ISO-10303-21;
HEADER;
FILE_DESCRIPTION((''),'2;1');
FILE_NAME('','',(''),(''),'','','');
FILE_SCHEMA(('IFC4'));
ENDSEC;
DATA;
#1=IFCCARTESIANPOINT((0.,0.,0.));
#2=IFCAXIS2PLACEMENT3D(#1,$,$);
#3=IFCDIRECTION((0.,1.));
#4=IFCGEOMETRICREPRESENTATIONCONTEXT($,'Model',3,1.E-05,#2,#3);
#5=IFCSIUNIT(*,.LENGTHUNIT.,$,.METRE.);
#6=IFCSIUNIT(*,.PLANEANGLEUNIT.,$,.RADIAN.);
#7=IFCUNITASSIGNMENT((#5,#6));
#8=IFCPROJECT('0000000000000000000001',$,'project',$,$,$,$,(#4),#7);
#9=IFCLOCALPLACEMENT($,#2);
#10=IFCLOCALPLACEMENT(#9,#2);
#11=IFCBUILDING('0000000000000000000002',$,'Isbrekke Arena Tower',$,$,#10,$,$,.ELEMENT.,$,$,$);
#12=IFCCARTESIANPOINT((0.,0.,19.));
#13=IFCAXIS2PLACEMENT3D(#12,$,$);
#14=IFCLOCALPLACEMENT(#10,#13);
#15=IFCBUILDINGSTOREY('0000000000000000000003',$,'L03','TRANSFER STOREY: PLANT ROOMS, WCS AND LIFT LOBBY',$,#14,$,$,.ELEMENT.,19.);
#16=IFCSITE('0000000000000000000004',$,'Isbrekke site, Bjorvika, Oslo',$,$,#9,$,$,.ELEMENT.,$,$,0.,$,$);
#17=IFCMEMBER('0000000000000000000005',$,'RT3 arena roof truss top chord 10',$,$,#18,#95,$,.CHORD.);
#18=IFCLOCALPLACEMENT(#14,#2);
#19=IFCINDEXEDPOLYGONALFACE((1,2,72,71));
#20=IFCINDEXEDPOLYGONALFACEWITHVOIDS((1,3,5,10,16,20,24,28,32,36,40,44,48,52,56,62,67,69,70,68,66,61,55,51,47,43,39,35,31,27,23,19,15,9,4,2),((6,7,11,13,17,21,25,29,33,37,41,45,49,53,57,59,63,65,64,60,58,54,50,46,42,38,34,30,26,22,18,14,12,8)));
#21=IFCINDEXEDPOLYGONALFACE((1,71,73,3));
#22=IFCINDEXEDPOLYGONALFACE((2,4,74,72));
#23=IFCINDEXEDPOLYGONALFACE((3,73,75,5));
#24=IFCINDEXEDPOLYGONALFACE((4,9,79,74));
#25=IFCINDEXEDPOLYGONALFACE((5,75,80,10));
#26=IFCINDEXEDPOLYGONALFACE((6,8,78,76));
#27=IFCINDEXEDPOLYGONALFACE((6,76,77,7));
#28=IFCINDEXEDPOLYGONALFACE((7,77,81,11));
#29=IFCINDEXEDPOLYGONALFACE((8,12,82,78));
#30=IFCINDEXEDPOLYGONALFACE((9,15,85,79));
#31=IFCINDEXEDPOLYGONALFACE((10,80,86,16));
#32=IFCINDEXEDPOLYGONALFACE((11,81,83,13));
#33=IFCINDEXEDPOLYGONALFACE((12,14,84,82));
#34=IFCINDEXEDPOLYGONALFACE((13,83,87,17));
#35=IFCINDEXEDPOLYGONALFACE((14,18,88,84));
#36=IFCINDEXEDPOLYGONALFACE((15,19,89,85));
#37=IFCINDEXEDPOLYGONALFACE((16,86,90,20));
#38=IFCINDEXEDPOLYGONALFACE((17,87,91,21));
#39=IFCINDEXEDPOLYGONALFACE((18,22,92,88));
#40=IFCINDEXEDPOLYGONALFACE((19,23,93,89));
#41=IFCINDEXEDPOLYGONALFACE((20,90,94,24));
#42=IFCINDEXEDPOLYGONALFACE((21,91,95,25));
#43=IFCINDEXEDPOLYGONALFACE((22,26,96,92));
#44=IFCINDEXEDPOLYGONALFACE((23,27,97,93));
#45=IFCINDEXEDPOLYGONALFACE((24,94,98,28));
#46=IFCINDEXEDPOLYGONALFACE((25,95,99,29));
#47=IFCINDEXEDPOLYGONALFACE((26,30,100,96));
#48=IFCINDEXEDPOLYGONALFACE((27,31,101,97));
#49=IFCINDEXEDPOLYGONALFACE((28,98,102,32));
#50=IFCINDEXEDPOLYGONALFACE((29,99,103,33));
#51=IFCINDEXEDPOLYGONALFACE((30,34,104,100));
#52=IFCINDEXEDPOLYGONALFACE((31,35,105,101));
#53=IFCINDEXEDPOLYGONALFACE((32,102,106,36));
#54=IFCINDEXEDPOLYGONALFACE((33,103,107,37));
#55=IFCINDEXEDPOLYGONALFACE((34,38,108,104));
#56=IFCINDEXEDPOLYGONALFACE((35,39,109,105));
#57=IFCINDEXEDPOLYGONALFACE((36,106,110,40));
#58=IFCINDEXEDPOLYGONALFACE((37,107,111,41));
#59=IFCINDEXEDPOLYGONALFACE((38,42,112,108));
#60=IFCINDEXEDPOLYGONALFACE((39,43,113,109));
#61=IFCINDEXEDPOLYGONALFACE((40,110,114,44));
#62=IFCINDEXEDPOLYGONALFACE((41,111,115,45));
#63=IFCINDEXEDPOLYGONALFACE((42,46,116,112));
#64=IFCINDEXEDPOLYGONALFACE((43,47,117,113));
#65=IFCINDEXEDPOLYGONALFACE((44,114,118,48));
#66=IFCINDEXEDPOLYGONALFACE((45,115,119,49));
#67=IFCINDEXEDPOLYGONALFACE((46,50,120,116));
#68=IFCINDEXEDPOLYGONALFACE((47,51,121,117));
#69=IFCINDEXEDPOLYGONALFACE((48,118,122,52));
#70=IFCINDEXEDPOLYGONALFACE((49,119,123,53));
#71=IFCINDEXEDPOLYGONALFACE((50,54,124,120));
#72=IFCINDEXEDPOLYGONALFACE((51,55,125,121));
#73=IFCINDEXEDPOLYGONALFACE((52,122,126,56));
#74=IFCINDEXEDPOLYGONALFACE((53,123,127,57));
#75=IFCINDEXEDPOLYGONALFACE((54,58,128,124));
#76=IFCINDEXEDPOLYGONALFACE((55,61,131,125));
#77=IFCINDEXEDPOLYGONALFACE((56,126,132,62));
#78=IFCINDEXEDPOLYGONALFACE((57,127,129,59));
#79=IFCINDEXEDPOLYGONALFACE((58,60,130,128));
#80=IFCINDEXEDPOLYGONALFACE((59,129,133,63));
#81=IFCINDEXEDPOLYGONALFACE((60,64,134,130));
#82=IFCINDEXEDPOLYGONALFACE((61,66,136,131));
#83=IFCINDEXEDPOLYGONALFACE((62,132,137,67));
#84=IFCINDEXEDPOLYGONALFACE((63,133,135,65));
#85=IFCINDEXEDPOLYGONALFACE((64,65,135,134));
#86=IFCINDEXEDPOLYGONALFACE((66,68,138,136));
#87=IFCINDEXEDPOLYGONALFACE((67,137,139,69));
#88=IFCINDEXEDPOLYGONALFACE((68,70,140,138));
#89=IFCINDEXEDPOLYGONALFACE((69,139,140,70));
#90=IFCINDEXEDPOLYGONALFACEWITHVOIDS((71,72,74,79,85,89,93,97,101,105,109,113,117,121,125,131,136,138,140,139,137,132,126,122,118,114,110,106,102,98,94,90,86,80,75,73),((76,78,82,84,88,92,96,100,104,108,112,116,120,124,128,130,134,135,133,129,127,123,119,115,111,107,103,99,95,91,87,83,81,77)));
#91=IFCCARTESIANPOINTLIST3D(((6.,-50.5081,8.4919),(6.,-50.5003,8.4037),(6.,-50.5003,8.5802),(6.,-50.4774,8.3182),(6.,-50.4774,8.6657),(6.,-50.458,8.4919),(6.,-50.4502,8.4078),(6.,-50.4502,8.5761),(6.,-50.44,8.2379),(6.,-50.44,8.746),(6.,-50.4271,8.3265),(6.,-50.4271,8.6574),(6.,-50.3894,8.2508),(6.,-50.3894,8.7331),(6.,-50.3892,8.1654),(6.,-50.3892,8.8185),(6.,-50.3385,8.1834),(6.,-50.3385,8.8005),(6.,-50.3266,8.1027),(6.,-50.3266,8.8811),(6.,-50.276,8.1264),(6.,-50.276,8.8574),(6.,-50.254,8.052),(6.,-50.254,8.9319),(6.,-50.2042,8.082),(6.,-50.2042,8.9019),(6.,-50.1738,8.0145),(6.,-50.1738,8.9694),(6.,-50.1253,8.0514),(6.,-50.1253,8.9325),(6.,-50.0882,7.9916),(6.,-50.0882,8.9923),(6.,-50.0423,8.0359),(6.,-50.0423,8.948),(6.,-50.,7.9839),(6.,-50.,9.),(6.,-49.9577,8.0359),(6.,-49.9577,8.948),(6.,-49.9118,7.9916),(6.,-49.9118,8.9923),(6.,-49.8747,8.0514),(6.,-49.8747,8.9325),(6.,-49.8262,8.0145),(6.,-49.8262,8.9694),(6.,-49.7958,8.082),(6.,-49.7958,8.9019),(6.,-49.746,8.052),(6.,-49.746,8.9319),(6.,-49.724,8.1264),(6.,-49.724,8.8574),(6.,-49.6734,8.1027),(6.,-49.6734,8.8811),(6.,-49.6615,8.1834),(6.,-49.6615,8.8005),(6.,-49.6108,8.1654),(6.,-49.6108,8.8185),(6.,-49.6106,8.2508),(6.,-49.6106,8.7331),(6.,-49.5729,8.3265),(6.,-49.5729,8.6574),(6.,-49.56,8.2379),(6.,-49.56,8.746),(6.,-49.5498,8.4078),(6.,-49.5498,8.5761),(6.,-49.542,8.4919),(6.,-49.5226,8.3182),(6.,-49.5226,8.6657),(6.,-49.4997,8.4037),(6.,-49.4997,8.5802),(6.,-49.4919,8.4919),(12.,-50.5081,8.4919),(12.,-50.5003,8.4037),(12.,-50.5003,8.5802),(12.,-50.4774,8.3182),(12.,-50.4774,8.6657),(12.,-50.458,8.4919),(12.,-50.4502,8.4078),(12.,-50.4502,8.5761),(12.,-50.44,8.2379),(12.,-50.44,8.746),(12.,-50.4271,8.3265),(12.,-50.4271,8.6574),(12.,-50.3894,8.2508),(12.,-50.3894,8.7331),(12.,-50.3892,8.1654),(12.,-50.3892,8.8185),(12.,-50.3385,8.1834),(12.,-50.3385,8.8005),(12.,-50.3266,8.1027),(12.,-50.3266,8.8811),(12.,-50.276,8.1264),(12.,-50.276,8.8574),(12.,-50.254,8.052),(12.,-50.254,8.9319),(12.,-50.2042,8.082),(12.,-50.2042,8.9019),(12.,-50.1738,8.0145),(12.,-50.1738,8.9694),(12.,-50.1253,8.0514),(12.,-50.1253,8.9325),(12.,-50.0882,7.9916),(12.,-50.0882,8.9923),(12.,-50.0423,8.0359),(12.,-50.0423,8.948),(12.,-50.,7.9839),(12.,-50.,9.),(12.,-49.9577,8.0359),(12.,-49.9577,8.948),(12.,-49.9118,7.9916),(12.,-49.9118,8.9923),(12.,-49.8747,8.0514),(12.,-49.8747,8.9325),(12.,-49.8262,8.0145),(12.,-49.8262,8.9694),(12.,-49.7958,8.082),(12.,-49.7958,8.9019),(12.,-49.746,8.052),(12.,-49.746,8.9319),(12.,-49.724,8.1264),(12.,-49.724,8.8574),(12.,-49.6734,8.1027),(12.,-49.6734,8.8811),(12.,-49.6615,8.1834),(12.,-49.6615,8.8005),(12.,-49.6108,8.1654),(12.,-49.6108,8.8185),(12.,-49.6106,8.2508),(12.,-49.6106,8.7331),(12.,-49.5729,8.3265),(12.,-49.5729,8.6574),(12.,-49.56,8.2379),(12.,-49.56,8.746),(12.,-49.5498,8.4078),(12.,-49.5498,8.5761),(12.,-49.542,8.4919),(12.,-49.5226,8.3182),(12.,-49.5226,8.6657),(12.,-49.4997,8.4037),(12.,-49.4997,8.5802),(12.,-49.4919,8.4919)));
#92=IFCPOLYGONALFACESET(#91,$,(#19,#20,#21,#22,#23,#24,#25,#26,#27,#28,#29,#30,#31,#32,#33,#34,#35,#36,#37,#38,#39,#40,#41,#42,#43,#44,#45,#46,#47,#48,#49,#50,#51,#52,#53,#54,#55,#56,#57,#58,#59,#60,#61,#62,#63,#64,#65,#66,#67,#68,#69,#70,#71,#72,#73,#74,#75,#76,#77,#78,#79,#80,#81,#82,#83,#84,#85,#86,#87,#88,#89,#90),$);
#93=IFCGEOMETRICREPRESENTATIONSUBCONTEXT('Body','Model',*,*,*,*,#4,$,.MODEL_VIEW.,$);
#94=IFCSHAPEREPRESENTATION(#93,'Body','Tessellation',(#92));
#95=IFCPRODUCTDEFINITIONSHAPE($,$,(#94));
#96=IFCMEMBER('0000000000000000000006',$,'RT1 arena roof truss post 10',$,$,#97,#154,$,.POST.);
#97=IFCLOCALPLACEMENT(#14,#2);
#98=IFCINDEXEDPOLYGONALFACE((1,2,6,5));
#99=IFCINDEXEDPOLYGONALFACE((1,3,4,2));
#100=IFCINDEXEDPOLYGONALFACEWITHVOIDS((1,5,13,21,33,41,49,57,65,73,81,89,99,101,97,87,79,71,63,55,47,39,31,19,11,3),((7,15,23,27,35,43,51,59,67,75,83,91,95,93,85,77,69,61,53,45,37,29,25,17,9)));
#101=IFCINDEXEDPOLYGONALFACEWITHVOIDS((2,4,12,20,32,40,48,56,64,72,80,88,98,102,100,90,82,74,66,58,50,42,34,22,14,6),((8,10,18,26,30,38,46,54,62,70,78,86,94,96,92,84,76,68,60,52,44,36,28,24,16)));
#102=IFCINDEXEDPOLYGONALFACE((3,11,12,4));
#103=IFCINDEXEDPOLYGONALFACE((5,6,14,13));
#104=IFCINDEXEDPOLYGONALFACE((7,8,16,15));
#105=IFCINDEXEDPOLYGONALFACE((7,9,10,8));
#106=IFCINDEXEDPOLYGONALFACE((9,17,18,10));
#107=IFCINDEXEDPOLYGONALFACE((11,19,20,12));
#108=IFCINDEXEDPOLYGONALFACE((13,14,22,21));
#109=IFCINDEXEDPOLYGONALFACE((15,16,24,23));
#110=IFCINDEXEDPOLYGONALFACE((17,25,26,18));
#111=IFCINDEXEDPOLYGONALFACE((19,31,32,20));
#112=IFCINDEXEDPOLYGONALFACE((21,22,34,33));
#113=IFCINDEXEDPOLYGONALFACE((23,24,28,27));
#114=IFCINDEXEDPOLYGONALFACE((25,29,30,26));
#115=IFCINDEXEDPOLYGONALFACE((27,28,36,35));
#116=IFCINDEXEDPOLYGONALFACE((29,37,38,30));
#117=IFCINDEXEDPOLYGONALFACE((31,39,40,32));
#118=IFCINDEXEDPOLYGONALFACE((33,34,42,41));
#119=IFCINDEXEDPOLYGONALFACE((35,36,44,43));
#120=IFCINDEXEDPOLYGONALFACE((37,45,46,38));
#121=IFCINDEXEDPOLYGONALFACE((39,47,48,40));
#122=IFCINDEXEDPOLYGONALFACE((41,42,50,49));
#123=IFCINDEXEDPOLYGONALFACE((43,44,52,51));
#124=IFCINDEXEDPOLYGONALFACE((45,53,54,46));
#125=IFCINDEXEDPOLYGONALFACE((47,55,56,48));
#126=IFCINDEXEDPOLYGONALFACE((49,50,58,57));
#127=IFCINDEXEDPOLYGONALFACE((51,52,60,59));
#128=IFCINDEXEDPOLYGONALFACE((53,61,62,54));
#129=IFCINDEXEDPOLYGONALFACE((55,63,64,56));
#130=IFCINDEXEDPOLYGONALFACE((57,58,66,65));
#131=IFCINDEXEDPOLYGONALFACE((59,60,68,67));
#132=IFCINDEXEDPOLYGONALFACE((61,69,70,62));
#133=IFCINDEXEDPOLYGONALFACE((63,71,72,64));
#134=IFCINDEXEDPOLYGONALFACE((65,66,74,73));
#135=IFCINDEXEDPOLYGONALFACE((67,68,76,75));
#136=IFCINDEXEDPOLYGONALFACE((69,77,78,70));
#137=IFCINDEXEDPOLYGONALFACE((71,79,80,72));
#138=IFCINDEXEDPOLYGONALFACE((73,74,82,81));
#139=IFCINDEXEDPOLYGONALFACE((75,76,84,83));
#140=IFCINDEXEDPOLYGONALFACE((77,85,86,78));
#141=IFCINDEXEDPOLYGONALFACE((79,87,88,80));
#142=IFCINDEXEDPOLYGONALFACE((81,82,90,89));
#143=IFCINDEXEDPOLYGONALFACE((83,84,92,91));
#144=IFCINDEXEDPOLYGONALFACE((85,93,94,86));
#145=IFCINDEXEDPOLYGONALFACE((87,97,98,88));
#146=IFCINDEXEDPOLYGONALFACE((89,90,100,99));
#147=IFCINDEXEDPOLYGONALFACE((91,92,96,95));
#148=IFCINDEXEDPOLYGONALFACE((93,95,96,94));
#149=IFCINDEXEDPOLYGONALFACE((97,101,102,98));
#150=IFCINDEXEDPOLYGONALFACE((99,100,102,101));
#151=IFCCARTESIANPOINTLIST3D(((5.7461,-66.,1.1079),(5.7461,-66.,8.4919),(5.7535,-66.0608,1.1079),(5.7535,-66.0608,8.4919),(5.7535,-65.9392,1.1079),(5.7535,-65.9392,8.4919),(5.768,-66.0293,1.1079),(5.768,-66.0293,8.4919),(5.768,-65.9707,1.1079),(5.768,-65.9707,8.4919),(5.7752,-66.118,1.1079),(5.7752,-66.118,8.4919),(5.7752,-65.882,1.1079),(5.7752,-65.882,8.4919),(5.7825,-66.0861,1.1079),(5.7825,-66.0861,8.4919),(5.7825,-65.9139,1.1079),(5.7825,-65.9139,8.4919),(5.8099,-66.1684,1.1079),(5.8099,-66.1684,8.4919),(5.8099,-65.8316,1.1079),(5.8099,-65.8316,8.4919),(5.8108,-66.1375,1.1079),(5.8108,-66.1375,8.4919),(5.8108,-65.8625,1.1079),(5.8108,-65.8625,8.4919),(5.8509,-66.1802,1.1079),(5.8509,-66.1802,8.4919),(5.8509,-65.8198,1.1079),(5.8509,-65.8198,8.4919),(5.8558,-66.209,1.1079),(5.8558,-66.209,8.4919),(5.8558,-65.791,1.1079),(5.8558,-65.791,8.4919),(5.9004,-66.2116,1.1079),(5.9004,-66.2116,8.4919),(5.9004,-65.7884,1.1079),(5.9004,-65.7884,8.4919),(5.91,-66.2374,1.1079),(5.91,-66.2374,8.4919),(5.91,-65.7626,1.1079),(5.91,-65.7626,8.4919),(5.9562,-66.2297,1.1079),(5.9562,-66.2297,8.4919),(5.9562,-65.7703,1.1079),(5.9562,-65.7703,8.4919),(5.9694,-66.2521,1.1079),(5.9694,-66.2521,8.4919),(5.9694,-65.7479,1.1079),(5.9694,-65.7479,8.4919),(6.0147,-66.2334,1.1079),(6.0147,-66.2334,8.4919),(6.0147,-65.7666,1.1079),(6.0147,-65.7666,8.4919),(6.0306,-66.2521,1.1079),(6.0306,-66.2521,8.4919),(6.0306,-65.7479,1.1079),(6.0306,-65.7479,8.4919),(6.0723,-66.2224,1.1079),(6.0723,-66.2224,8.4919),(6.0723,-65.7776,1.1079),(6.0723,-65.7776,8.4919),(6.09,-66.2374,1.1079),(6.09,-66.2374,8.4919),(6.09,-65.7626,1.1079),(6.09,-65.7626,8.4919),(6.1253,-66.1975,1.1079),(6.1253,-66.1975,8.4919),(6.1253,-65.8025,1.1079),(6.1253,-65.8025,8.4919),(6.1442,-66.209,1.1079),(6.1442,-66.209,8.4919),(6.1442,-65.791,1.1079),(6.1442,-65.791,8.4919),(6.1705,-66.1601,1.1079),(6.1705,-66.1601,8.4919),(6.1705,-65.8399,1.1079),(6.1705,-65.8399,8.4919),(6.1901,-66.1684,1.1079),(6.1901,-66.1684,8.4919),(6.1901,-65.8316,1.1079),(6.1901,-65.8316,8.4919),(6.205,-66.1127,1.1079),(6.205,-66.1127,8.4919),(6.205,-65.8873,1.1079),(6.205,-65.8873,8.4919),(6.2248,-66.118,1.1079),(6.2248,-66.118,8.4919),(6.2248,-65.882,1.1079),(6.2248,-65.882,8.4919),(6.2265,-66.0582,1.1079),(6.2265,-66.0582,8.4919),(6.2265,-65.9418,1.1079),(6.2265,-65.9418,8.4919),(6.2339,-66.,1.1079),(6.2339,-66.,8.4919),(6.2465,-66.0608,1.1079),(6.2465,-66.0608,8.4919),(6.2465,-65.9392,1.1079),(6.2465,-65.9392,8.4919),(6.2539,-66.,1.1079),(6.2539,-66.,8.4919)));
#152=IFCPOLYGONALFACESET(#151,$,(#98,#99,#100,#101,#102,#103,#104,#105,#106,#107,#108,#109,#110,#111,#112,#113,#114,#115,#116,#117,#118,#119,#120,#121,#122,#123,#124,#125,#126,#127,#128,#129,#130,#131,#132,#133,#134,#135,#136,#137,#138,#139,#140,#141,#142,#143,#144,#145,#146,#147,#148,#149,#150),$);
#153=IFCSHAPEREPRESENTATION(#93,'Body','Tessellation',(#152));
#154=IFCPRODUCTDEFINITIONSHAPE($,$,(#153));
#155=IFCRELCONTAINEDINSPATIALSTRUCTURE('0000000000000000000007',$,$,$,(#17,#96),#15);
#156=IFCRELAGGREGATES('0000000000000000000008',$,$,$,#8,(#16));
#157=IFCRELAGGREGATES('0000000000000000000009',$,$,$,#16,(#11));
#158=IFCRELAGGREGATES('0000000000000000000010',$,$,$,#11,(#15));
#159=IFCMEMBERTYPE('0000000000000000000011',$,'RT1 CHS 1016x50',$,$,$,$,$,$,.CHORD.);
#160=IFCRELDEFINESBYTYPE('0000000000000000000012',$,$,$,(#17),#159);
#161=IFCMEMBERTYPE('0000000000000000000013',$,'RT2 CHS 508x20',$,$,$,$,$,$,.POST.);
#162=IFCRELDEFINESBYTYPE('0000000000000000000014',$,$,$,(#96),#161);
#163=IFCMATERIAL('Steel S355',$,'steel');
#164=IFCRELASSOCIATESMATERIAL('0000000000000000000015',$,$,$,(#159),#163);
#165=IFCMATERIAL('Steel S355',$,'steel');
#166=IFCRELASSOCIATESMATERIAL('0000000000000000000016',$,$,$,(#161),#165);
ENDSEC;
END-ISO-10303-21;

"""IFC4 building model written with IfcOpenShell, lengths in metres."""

from ifc_helpers import new_model, si_unit, direction, frame, origin, origin_2d, place, context, subcontext, project, spatial, hollow_circle, extrude, material, material_profile, profile_set, type_object, element, save


model = new_model("IFC4")

# Units and contexts
model_context = context("Model", 3, precision=1e-05, world=origin(), true_north=direction((0.0, 1.0)))
body_context = subcontext(model_context, "Body", "Model", "MODEL_VIEW")
ifc_project = project(units=[si_unit("LENGTHUNIT", "METRE"), si_unit("PLANEANGLEUNIT", "RADIAN")], contexts=[model_context])

# Site, building, storey
site_placement = place(None, origin())
site = spatial("IfcSite", under=ifc_project, at=site_placement, Name="Isbrekke site, Bjorvika, Oslo", CompositionType="ELEMENT", RefElevation=0.0)
building_placement = place(site_placement, origin())
building = spatial("IfcBuilding", under=site, at=building_placement, Name="Isbrekke Arena Tower", CompositionType="ELEMENT")
storey_placement = place(building_placement, frame((0.0, 0.0, 19.0)))
storey = spatial("IfcBuildingStorey", under=building, at=storey_placement, Name="L03", Description="TRANSFER STOREY: PLANT ROOMS, WCS AND LIFT LOBBY", CompositionType="ELEMENT", Elevation=19.0)

# Members
ifc_material_1 = material(Name="Steel S355", Category="steel")
ifc_material_profile_1 = material_profile(ifc_material_1, hollow_circle(Radius=0.5081, WallThickness=0.05, at=origin_2d()), Name="CHS 1016x50")
ifc_profile_set_1 = profile_set([ifc_material_profile_1], Name="Steel S355")
member_type_1 = type_object("IfcMemberType", Name="RT1 CHS 1016x50", PredefinedType="CHORD", material=ifc_profile_set_1)
for number, where, z_axis, x_axis, name in (
    (1, (6.0, -50.0, 8.4919), (1.0, 0.0, 0.0), (0.0, 1.0, 0.0), "RT3 arena roof truss top chord 10"),
):
    element("IfcMember", number, at=place(storey_placement, frame(where, z_axis=z_axis, x_axis=x_axis)), inside=storey, type_object=member_type_1, Name=name, PredefinedType="CHORD", context=body_context, shape_type="SweptSolid", body=[
        extrude(hollow_circle(Radius=0.5081, WallThickness=0.05, at=origin_2d()), origin(), (0.0, 0.0, 1.0), 6.0),
    ])
ifc_material_2 = material(Name="Steel S355", Category="steel")
ifc_material_profile_2 = material_profile(ifc_material_2, hollow_circle(Radius=0.2539, WallThickness=0.02, at=origin_2d()), Name="CHS 508x20")
ifc_profile_set_2 = profile_set([ifc_material_profile_2], Name="Steel S355")
member_type_2 = type_object("IfcMemberType", Name="RT2 CHS 508x20", PredefinedType="POST", material=ifc_profile_set_2)
for number, where, z_axis, x_axis, name in (
    (2, (6.0, -66.0, 1.1079), (0.0, 0.0, 1.0), (1.0, 0.0, 0.0), "RT1 arena roof truss post 10"),
):
    element("IfcMember", number, at=place(storey_placement, frame(where, z_axis=z_axis, x_axis=x_axis)), inside=storey, type_object=member_type_2, Name=name, PredefinedType="POST", context=body_context, shape_type="SweptSolid", body=[
        extrude(hollow_circle(Radius=0.2539, WallThickness=0.02, at=origin_2d()), origin(), (0.0, 0.0, 1.0), 7.384),
    ])

save(model, "model.ifc")
